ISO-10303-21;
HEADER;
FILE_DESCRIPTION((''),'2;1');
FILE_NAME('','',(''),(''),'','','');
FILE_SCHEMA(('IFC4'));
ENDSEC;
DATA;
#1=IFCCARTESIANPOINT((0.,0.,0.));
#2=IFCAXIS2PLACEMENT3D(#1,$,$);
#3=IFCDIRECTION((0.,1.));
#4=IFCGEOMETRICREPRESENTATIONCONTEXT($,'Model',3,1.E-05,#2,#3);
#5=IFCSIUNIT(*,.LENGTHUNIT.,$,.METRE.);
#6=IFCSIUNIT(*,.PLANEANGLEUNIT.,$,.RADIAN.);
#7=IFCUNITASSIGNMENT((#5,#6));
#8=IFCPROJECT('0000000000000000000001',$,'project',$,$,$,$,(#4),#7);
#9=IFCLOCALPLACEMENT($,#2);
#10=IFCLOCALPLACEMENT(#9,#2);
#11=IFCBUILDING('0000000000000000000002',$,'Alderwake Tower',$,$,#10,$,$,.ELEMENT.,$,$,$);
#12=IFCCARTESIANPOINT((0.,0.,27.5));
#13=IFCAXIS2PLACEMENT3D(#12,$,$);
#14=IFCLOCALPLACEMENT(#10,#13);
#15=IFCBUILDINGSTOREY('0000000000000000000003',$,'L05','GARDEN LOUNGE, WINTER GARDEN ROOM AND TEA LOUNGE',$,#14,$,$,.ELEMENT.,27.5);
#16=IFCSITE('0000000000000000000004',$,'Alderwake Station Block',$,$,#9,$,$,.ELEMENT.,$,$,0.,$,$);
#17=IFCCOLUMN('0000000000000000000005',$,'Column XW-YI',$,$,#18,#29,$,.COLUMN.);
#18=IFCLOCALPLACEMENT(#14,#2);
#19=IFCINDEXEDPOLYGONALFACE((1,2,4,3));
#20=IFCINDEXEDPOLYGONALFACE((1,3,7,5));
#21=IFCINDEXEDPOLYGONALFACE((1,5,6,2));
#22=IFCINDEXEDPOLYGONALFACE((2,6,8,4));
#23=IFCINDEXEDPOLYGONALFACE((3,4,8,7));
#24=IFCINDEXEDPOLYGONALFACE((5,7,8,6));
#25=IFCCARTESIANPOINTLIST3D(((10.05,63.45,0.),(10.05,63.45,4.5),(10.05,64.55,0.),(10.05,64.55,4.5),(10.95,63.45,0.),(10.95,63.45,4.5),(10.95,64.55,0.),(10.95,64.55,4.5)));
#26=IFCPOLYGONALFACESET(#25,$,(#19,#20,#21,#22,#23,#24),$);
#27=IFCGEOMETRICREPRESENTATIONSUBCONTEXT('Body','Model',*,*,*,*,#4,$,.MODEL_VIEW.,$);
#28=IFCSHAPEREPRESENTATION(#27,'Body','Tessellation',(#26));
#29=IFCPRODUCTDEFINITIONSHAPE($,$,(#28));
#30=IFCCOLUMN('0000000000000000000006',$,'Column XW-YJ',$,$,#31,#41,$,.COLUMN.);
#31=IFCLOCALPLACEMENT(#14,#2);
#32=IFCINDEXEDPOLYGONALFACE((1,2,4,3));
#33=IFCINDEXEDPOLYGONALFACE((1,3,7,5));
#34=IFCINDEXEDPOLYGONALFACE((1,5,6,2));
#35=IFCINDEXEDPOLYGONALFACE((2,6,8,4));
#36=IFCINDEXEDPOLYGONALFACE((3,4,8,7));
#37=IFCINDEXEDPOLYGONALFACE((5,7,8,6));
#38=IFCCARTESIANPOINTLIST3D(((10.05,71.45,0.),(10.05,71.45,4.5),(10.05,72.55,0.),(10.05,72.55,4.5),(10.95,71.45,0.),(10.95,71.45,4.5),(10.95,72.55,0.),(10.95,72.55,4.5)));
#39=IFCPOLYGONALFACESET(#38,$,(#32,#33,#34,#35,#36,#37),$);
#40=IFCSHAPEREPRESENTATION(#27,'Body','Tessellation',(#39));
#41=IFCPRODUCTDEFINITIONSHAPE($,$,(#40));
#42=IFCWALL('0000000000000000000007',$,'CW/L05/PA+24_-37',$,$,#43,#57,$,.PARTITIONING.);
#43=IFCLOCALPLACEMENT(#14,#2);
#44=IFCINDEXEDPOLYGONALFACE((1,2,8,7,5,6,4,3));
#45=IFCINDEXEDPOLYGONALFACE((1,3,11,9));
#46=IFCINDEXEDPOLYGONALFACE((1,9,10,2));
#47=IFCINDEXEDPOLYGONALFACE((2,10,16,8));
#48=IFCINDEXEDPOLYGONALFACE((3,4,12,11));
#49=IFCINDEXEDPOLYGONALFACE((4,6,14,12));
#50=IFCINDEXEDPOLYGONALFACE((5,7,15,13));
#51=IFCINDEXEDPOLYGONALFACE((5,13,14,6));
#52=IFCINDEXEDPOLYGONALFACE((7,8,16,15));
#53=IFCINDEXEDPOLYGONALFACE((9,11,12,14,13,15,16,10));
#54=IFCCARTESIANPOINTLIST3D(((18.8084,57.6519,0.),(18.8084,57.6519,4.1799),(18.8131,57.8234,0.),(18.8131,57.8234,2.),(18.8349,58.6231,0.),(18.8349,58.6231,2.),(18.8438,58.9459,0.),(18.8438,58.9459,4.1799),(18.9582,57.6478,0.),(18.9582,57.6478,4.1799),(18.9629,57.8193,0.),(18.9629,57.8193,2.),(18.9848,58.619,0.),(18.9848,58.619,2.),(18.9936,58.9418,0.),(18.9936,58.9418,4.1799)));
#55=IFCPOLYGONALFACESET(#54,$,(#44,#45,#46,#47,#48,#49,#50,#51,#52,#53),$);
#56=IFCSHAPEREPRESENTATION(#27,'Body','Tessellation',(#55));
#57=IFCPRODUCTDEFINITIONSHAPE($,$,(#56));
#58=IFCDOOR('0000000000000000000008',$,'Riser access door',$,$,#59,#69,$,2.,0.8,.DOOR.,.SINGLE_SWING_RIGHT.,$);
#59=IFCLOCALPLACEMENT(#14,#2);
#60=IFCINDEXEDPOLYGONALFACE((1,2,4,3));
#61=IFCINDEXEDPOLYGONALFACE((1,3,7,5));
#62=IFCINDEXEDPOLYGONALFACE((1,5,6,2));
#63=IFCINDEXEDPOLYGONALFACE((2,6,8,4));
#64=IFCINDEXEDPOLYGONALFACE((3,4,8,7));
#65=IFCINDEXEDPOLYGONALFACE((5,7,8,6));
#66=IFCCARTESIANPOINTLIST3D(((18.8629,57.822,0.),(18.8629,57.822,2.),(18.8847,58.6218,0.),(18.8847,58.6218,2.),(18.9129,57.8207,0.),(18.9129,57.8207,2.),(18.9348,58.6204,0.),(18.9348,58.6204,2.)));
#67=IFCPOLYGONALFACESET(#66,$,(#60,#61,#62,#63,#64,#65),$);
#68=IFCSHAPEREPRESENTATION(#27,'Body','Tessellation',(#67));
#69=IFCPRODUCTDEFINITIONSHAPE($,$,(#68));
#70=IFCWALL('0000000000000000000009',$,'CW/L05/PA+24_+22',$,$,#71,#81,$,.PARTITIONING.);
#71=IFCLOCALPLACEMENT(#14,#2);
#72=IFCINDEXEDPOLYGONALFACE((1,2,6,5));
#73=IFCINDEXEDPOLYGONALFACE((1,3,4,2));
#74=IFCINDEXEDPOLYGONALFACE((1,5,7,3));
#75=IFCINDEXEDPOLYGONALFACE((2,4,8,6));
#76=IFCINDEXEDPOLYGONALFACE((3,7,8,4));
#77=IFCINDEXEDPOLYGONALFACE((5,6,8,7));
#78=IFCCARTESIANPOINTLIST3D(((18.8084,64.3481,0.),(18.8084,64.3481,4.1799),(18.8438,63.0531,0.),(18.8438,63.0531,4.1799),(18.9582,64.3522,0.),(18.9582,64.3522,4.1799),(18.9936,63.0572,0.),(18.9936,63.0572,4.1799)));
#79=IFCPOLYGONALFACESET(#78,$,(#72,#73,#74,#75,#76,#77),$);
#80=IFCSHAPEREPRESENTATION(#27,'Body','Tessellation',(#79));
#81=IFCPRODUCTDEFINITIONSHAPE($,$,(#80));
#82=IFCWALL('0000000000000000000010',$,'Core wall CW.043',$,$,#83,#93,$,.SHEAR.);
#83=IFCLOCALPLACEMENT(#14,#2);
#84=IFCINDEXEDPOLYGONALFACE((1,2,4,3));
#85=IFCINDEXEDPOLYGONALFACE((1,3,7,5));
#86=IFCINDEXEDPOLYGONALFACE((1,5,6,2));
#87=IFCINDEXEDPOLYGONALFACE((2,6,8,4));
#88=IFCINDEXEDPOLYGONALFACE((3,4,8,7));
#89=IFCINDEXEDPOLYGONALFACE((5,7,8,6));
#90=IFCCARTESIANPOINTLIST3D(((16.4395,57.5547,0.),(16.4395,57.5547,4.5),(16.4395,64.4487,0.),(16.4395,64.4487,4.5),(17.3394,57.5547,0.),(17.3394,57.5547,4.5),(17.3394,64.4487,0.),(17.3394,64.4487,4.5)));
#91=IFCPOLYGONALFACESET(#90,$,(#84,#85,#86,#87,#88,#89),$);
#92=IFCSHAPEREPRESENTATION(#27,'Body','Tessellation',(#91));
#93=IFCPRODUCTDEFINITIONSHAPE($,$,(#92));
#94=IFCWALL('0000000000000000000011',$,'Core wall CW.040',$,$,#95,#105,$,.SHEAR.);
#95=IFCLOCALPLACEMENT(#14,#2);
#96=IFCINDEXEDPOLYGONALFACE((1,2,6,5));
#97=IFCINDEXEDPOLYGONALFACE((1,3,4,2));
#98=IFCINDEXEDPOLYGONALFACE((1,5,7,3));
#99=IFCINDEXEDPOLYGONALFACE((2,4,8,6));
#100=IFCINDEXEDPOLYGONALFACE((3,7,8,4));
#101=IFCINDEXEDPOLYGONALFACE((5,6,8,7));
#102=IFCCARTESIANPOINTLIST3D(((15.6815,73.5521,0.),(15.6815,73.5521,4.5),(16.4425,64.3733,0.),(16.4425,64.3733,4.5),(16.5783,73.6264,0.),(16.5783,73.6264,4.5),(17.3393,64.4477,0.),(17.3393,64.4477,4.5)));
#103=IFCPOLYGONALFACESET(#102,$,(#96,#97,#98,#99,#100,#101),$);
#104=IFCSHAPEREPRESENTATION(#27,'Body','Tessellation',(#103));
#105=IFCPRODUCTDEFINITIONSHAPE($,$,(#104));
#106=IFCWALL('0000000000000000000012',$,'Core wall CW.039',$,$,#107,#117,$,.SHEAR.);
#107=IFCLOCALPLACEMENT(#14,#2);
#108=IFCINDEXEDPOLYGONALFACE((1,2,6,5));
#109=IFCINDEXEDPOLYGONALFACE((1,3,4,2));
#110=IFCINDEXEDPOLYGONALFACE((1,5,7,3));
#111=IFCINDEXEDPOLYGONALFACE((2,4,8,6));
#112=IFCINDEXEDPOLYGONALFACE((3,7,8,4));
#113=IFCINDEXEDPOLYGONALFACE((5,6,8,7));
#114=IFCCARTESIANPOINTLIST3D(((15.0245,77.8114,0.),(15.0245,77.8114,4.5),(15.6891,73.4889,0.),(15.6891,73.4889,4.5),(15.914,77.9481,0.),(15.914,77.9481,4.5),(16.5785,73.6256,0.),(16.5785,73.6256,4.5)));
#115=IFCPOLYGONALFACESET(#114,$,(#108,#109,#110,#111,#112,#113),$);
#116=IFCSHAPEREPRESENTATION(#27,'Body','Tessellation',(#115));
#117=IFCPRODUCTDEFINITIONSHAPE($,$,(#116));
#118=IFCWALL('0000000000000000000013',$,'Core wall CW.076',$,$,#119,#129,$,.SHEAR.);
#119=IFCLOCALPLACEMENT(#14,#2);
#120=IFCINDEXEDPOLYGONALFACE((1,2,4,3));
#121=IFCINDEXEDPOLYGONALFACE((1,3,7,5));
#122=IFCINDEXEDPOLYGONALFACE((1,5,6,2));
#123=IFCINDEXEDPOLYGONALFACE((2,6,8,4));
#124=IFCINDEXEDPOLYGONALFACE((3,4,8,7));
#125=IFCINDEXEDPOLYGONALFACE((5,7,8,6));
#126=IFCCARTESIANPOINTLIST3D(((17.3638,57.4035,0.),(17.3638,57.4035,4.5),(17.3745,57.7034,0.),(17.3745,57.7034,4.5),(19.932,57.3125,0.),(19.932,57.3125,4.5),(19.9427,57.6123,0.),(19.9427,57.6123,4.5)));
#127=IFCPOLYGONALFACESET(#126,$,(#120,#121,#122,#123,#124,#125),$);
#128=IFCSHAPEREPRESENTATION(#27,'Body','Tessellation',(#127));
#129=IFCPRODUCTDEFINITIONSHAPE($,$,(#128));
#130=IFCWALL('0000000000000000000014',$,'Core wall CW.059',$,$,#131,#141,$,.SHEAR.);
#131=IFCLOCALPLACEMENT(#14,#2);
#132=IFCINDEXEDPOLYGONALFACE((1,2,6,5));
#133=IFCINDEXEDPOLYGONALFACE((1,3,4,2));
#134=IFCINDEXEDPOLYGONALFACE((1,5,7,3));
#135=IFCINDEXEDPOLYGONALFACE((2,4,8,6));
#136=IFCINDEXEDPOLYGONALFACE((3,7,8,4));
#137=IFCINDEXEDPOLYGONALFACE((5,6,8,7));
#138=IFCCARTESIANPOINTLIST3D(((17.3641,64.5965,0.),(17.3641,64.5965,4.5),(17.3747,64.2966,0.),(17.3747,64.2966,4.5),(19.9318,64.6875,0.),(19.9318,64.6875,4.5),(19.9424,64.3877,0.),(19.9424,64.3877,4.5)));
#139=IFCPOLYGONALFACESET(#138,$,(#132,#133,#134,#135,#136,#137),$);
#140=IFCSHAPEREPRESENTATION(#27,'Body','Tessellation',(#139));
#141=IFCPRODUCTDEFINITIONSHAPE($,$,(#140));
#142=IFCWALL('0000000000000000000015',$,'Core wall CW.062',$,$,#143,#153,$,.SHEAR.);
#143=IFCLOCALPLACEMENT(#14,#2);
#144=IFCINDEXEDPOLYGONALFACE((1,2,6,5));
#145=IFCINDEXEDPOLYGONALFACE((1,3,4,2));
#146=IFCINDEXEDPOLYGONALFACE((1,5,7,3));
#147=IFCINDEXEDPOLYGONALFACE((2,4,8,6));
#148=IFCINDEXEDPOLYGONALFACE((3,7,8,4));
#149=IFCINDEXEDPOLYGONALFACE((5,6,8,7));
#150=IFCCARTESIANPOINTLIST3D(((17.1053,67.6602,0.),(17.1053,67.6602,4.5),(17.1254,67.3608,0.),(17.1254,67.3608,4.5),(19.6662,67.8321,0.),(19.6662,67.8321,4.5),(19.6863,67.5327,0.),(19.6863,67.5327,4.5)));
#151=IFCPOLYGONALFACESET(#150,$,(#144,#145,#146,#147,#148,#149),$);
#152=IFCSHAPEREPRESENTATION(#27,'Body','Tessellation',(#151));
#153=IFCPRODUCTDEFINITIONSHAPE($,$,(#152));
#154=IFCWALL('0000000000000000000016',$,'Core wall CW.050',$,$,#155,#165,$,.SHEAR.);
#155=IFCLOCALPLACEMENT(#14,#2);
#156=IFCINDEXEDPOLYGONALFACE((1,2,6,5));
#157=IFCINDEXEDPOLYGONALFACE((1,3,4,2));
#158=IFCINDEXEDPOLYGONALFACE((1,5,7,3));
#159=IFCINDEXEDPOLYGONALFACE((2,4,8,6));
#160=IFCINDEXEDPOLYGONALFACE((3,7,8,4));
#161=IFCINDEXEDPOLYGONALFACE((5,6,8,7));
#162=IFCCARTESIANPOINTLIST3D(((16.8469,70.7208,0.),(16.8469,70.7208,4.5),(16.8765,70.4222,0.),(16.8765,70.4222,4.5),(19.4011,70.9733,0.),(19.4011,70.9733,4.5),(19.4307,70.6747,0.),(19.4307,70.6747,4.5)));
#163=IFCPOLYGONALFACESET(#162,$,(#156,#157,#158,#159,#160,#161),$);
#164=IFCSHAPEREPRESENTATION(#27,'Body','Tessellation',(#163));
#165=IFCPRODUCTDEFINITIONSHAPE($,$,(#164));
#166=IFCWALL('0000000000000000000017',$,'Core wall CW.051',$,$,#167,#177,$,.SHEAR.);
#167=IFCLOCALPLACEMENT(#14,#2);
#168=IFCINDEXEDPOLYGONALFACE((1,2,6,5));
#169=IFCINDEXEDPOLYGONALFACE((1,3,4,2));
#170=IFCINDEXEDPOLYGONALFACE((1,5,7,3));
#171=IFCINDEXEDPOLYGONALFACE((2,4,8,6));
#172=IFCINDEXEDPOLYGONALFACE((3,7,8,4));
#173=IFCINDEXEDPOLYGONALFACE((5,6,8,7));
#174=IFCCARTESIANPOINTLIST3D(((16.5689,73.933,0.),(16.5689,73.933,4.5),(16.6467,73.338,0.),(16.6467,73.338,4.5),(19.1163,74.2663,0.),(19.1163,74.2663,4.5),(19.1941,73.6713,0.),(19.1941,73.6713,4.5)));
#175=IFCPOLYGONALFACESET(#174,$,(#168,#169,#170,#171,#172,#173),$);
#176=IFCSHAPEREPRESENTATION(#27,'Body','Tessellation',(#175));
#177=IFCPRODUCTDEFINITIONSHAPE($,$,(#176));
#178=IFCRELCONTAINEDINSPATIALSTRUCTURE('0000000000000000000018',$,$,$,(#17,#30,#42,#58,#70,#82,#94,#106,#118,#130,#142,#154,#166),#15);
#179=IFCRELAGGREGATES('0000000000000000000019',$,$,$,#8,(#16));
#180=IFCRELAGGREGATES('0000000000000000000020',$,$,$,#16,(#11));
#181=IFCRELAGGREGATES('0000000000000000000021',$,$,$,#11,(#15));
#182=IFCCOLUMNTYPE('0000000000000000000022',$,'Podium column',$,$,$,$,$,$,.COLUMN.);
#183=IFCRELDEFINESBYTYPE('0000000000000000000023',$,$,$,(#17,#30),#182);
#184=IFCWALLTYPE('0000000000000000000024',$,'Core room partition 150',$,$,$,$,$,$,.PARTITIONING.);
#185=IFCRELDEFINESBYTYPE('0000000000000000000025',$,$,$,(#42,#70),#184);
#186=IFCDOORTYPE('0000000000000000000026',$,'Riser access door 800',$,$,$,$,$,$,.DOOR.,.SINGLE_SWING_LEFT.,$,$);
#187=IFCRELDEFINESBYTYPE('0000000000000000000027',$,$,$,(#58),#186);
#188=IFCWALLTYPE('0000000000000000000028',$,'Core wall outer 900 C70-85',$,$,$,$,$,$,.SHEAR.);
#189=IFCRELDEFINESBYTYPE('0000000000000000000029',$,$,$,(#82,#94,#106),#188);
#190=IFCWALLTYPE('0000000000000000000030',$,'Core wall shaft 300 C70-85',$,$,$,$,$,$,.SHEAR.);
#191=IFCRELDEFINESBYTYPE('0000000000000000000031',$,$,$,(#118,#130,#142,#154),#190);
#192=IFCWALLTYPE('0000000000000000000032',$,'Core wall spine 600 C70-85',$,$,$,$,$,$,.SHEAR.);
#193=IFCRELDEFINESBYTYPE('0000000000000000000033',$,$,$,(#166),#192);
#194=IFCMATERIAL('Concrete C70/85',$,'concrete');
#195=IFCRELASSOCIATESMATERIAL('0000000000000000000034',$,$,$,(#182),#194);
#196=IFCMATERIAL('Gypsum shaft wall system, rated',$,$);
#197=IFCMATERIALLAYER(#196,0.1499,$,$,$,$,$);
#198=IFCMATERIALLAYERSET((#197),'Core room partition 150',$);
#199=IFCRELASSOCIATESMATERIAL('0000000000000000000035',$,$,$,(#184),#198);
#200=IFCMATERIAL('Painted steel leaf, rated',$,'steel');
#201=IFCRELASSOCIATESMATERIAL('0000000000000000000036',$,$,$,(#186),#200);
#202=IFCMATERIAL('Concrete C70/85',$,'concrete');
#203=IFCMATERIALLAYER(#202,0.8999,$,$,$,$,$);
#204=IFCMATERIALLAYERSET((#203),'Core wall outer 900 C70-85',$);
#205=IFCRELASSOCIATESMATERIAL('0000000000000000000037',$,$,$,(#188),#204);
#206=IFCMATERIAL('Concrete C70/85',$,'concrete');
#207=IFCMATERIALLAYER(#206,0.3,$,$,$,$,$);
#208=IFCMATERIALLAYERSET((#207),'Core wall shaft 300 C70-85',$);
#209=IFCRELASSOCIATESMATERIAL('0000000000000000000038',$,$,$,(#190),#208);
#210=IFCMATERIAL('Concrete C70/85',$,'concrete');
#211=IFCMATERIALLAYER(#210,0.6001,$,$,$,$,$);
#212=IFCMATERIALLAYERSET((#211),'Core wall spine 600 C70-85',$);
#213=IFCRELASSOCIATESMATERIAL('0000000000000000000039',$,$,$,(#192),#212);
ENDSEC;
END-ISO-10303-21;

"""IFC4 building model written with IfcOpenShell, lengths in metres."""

from ifc_helpers import new_model, si_unit, direction, frame, frame_2d, origin, origin_2d, place, context, subcontext, project, spatial, rectangle, extrude, material, layer, layer_set, material_profile, profile_set, type_object, element, fill, save


model = new_model("IFC4")

# Units and contexts
model_context = context("Model", 3, precision=1e-05, world=origin(), true_north=direction((0.0, 1.0)))
body_context = subcontext(model_context, "Body", "Model", "MODEL_VIEW")
ifc_project = project(units=[si_unit("LENGTHUNIT", "METRE"), si_unit("PLANEANGLEUNIT", "RADIAN")], contexts=[model_context])

# Site, building, storey
site_placement = place(None, origin())
site = spatial("IfcSite", under=ifc_project, at=site_placement, Name="Alderwake Station Block", CompositionType="ELEMENT", RefElevation=0.0)
building_placement = place(site_placement, origin())
building = spatial("IfcBuilding", under=site, at=building_placement, Name="Alderwake Tower", CompositionType="ELEMENT")
storey_placement = place(building_placement, frame((0.0, 0.0, 27.5)))
storey = spatial("IfcBuildingStorey", under=building, at=storey_placement, Name="L05", Description="GARDEN LOUNGE, WINTER GARDEN ROOM AND TEA LOUNGE", CompositionType="ELEMENT", Elevation=27.5)

# Columns
ifc_material_1 = material(Name="Concrete C70/85", Category="concrete")
ifc_material_profile_1 = material_profile(ifc_material_1, rectangle(XDim=0.8999, YDim=1.1001, at=origin_2d()), Name="RC 1100X900")
ifc_profile_set_1 = profile_set([ifc_material_profile_1], Name="Concrete C70/85")
column_type = type_object("IfcColumnType", Name="Podium column", PredefinedType="COLUMN", material=ifc_profile_set_1)
for number, where, z_axis, x_axis, name in (
    (1, (10.5, 64.0, 0.0), (0.0, 0.0, 1.0), (1.0, 0.0, 0.0), "Column XW-YI"),
    (2, (10.5, 72.0, 0.0), (0.0, 0.0, 1.0), (1.0, 0.0, 0.0), "Column XW-YJ"),
):
    element("IfcColumn", number, at=place(storey_placement, frame(where, z_axis=z_axis, x_axis=x_axis)), inside=storey, type_object=column_type, Name=name, PredefinedType="COLUMN", context=body_context, shape_type="SweptSolid", body=[
        extrude(rectangle(XDim=0.8999, YDim=1.1001, at=origin_2d()), origin(), (0.0, 0.0, 1.0), 4.5),
    ])

# Wall, opening, door
ifc_material_2 = material(Name="Gypsum shaft wall system, rated")
ifc_layer_1 = layer(ifc_material_2, 0.1499)
ifc_layer_set_1 = layer_set([ifc_layer_1], Name="Core room partition 150")
wall_type_1 = type_object("IfcWallType", Name="Core room partition 150", PredefinedType="PARTITIONING", material=ifc_layer_set_1)
wall_1_placement = place(storey_placement, frame((18.9187, 58.9438, 0.0), z_axis=(0.0, 0.0, 1.0), x_axis=(-0.027348, -0.999626, 0.0)))
wall_1 = element("IfcWall", 3, at=wall_1_placement, inside=storey, type_object=wall_type_1, Name="CW/L05/PA+24_-37", PredefinedType="PARTITIONING", context=body_context, shape_type="SweptSolid", body=[
    extrude(rectangle(XDim=1.2944, YDim=0.1499, at=frame_2d((0.6472, 0.0))), origin(), (0.0, 0.0, 1.0), 4.1799),
])
opening_1_placement = place(wall_1_placement, frame((0.323, 0.0, 0.0)))
opening_1 = element("IfcOpeningElement", 4, at=opening_1_placement, cuts=wall_1, PredefinedType="OPENING", context=body_context, shape_type="SweptSolid", body=[
    extrude(rectangle(XDim=0.8, YDim=2.0, at=frame_2d((0.3999, 1.0))), frame((0.0, 0.085, 0.0), z_axis=(0.0, -1.0, 0.0), x_axis=(1.0, 0.0, 0.0)), (0.0, 0.0, 1.0), 0.1699),
])
ifc_material_3 = material(Name="Painted steel leaf, rated", Category="steel")
door_type_1 = type_object("IfcDoorType", Name="Riser access door 800", OperationType="SINGLE_SWING_LEFT", PredefinedType="DOOR", material=ifc_material_3)
door_1_placement = place(opening_1_placement, origin())
door_1 = element("IfcDoor", 5, at=door_1_placement, inside=storey, type_object=door_type_1, Name="Riser access door", OperationType="SINGLE_SWING_RIGHT", OverallHeight=2.0, OverallWidth=0.8, PredefinedType="DOOR", context=body_context, shape_type="SweptSolid", body=[
    extrude(rectangle(XDim=0.8, YDim=2.0, at=frame_2d((0.3999, 1.0))), frame((0.0, 0.0249, 0.0), z_axis=(0.0, -1.0, 0.0), x_axis=(1.0, 0.0, 0.0)), (0.0, 0.0, 1.0), 0.05),
])
fill(opening_1, door_1)

# Walls
wall_2_placement = place(storey_placement, frame((18.9187, 63.0552, 0.0), z_axis=(0.0, 0.0, 1.0), x_axis=(-0.027328, 0.999627, 0.0)))
element("IfcWall", 6, at=wall_2_placement, inside=storey, type_object=wall_type_1, Name="CW/L05/PA+24_+22", PredefinedType="PARTITIONING", context=body_context, shape_type="SweptSolid", body=[
    extrude(rectangle(XDim=1.2954, YDim=0.1499, at=frame_2d((0.6477, 0.0))), origin(), (0.0, 0.0, 1.0), 4.1799),
])
ifc_material_4 = material(Name="Concrete C70/85", Category="concrete")
ifc_layer_2 = layer(ifc_material_4, 0.8999)
ifc_layer_set_2 = layer_set([ifc_layer_2], Name="Core wall outer 900 C70-85")
wall_type_2 = type_object("IfcWallType", Name="Core wall outer 900 C70-85", PredefinedType="SHEAR", material=ifc_layer_set_2)
wall_3_placement = place(storey_placement, frame((16.8894, 57.5547, 0.0), z_axis=(0.0, 0.0, 1.0), x_axis=(0.0, 1.0, 0.0)))
element("IfcWall", 7, at=wall_3_placement, inside=storey, type_object=wall_type_2, Name="Core wall CW.043", PredefinedType="SHEAR", context=body_context, shape_type="SweptSolid", body=[
    extrude(rectangle(XDim=6.894, YDim=0.8999, at=frame_2d((3.447, 0.0))), origin(), (0.0, 0.0, 1.0), 4.5),
])
wall_4_placement = place(storey_placement, frame((16.8909, 64.4106, 0.0), z_axis=(0.0, 0.0, 1.0), x_axis=(-0.082624, 0.996581, 0.0)))
element("IfcWall", 8, at=wall_4_placement, inside=storey, type_object=wall_type_2, Name="Core wall CW.040", PredefinedType="SHEAR", context=body_context, shape_type="SweptSolid", body=[
    extrude(rectangle(XDim=9.2102, YDim=0.8999, at=frame_2d((4.605, 0.0))), origin(), (0.0, 0.0, 1.0), 4.5),
])
wall_5_placement = place(storey_placement, frame((16.1338, 73.5574, 0.0), z_axis=(0.0, 0.0, 1.0), x_axis=(-0.151957, 0.988387, 0.0)))
element("IfcWall", 9, at=wall_5_placement, inside=storey, type_object=wall_type_2, Name="Core wall CW.039", PredefinedType="SHEAR", context=body_context, shape_type="SweptSolid", body=[
    extrude(rectangle(XDim=4.3733, YDim=0.8999, at=frame_2d((2.1865, 0.0))), origin(), (0.0, 0.0, 1.0), 4.5),
])
ifc_material_5 = material(Name="Concrete C70/85", Category="concrete")
ifc_layer_3 = layer(ifc_material_5, 0.3)
ifc_layer_set_3 = layer_set([ifc_layer_3], Name="Core wall shaft 300 C70-85")
wall_type_3 = type_object("IfcWallType", Name="Core wall shaft 300 C70-85", PredefinedType="SHEAR", material=ifc_layer_set_3)
wall_6_placement = place(storey_placement, frame((17.3691, 57.5535, 0.0), z_axis=(0.0, 0.0, 1.0), x_axis=(0.999372, -0.035437, 0.0)))
element("IfcWall", 10, at=wall_6_placement, inside=storey, type_object=wall_type_3, Name="Core wall CW.076", PredefinedType="SHEAR", context=body_context, shape_type="SweptSolid", body=[
    extrude(rectangle(XDim=2.5698, YDim=0.3, at=frame_2d((1.2849, 0.0))), origin(), (0.0, 0.0, 1.0), 4.5),
])
wall_7_placement = place(storey_placement, frame((17.3694, 64.4465, 0.0), z_axis=(0.0, 0.0, 1.0), x_axis=(0.999372, 0.035444, 0.0)))
element("IfcWall", 11, at=wall_7_placement, inside=storey, type_object=wall_type_3, Name="Core wall CW.059", PredefinedType="SHEAR", context=body_context, shape_type="SweptSolid", body=[
    extrude(rectangle(XDim=2.5693, YDim=0.3, at=frame_2d((1.2847, 0.0))), origin(), (0.0, 0.0, 1.0), 4.5),
])
for number, where, z_axis, x_axis, name in (
    (12, (17.1155, 67.5105, 0.0), (0.0, 0.0, 1.0), (0.997755, 0.066967, 0.0), "Core wall CW.062"),
    (13, (16.8618, 70.5715, 0.0), (0.0, 0.0, 1.0), (0.995151, 0.098355, 0.0), "Core wall CW.050"),
):
    element("IfcWall", number, at=place(storey_placement, frame(where, z_axis=z_axis, x_axis=x_axis)), inside=storey, type_object=wall_type_3, Name=name, PredefinedType="SHEAR", context=body_context, shape_type="SweptSolid", body=[
        extrude(rectangle(XDim=2.5667, YDim=0.3, at=frame_2d((1.2832, 0.0))), origin(), (0.0, 0.0, 1.0), 4.5),
    ])
ifc_material_6 = material(Name="Concrete C70/85", Category="concrete")
ifc_layer_4 = layer(ifc_material_6, 0.6001)
ifc_layer_set_4 = layer_set([ifc_layer_4], Name="Core wall spine 600 C70-85")
wall_type_4 = type_object("IfcWallType", Name="Core wall spine 600 C70-85", PredefinedType="SHEAR", material=ifc_layer_set_4)
wall_8_placement = place(storey_placement, frame((16.6077, 73.6355, 0.0), z_axis=(0.0, 0.0, 1.0), x_axis=(0.991551, 0.129717, 0.0)))
element("IfcWall", 14, at=wall_8_placement, inside=storey, type_object=wall_type_4, Name="Core wall CW.051", PredefinedType="SHEAR", context=body_context, shape_type="SweptSolid", body=[
    extrude(rectangle(XDim=2.5691, YDim=0.6001, at=frame_2d((1.2847, 0.0))), origin(), (0.0, 0.0, 1.0), 4.5),
])

save(model, "model.ifc")
